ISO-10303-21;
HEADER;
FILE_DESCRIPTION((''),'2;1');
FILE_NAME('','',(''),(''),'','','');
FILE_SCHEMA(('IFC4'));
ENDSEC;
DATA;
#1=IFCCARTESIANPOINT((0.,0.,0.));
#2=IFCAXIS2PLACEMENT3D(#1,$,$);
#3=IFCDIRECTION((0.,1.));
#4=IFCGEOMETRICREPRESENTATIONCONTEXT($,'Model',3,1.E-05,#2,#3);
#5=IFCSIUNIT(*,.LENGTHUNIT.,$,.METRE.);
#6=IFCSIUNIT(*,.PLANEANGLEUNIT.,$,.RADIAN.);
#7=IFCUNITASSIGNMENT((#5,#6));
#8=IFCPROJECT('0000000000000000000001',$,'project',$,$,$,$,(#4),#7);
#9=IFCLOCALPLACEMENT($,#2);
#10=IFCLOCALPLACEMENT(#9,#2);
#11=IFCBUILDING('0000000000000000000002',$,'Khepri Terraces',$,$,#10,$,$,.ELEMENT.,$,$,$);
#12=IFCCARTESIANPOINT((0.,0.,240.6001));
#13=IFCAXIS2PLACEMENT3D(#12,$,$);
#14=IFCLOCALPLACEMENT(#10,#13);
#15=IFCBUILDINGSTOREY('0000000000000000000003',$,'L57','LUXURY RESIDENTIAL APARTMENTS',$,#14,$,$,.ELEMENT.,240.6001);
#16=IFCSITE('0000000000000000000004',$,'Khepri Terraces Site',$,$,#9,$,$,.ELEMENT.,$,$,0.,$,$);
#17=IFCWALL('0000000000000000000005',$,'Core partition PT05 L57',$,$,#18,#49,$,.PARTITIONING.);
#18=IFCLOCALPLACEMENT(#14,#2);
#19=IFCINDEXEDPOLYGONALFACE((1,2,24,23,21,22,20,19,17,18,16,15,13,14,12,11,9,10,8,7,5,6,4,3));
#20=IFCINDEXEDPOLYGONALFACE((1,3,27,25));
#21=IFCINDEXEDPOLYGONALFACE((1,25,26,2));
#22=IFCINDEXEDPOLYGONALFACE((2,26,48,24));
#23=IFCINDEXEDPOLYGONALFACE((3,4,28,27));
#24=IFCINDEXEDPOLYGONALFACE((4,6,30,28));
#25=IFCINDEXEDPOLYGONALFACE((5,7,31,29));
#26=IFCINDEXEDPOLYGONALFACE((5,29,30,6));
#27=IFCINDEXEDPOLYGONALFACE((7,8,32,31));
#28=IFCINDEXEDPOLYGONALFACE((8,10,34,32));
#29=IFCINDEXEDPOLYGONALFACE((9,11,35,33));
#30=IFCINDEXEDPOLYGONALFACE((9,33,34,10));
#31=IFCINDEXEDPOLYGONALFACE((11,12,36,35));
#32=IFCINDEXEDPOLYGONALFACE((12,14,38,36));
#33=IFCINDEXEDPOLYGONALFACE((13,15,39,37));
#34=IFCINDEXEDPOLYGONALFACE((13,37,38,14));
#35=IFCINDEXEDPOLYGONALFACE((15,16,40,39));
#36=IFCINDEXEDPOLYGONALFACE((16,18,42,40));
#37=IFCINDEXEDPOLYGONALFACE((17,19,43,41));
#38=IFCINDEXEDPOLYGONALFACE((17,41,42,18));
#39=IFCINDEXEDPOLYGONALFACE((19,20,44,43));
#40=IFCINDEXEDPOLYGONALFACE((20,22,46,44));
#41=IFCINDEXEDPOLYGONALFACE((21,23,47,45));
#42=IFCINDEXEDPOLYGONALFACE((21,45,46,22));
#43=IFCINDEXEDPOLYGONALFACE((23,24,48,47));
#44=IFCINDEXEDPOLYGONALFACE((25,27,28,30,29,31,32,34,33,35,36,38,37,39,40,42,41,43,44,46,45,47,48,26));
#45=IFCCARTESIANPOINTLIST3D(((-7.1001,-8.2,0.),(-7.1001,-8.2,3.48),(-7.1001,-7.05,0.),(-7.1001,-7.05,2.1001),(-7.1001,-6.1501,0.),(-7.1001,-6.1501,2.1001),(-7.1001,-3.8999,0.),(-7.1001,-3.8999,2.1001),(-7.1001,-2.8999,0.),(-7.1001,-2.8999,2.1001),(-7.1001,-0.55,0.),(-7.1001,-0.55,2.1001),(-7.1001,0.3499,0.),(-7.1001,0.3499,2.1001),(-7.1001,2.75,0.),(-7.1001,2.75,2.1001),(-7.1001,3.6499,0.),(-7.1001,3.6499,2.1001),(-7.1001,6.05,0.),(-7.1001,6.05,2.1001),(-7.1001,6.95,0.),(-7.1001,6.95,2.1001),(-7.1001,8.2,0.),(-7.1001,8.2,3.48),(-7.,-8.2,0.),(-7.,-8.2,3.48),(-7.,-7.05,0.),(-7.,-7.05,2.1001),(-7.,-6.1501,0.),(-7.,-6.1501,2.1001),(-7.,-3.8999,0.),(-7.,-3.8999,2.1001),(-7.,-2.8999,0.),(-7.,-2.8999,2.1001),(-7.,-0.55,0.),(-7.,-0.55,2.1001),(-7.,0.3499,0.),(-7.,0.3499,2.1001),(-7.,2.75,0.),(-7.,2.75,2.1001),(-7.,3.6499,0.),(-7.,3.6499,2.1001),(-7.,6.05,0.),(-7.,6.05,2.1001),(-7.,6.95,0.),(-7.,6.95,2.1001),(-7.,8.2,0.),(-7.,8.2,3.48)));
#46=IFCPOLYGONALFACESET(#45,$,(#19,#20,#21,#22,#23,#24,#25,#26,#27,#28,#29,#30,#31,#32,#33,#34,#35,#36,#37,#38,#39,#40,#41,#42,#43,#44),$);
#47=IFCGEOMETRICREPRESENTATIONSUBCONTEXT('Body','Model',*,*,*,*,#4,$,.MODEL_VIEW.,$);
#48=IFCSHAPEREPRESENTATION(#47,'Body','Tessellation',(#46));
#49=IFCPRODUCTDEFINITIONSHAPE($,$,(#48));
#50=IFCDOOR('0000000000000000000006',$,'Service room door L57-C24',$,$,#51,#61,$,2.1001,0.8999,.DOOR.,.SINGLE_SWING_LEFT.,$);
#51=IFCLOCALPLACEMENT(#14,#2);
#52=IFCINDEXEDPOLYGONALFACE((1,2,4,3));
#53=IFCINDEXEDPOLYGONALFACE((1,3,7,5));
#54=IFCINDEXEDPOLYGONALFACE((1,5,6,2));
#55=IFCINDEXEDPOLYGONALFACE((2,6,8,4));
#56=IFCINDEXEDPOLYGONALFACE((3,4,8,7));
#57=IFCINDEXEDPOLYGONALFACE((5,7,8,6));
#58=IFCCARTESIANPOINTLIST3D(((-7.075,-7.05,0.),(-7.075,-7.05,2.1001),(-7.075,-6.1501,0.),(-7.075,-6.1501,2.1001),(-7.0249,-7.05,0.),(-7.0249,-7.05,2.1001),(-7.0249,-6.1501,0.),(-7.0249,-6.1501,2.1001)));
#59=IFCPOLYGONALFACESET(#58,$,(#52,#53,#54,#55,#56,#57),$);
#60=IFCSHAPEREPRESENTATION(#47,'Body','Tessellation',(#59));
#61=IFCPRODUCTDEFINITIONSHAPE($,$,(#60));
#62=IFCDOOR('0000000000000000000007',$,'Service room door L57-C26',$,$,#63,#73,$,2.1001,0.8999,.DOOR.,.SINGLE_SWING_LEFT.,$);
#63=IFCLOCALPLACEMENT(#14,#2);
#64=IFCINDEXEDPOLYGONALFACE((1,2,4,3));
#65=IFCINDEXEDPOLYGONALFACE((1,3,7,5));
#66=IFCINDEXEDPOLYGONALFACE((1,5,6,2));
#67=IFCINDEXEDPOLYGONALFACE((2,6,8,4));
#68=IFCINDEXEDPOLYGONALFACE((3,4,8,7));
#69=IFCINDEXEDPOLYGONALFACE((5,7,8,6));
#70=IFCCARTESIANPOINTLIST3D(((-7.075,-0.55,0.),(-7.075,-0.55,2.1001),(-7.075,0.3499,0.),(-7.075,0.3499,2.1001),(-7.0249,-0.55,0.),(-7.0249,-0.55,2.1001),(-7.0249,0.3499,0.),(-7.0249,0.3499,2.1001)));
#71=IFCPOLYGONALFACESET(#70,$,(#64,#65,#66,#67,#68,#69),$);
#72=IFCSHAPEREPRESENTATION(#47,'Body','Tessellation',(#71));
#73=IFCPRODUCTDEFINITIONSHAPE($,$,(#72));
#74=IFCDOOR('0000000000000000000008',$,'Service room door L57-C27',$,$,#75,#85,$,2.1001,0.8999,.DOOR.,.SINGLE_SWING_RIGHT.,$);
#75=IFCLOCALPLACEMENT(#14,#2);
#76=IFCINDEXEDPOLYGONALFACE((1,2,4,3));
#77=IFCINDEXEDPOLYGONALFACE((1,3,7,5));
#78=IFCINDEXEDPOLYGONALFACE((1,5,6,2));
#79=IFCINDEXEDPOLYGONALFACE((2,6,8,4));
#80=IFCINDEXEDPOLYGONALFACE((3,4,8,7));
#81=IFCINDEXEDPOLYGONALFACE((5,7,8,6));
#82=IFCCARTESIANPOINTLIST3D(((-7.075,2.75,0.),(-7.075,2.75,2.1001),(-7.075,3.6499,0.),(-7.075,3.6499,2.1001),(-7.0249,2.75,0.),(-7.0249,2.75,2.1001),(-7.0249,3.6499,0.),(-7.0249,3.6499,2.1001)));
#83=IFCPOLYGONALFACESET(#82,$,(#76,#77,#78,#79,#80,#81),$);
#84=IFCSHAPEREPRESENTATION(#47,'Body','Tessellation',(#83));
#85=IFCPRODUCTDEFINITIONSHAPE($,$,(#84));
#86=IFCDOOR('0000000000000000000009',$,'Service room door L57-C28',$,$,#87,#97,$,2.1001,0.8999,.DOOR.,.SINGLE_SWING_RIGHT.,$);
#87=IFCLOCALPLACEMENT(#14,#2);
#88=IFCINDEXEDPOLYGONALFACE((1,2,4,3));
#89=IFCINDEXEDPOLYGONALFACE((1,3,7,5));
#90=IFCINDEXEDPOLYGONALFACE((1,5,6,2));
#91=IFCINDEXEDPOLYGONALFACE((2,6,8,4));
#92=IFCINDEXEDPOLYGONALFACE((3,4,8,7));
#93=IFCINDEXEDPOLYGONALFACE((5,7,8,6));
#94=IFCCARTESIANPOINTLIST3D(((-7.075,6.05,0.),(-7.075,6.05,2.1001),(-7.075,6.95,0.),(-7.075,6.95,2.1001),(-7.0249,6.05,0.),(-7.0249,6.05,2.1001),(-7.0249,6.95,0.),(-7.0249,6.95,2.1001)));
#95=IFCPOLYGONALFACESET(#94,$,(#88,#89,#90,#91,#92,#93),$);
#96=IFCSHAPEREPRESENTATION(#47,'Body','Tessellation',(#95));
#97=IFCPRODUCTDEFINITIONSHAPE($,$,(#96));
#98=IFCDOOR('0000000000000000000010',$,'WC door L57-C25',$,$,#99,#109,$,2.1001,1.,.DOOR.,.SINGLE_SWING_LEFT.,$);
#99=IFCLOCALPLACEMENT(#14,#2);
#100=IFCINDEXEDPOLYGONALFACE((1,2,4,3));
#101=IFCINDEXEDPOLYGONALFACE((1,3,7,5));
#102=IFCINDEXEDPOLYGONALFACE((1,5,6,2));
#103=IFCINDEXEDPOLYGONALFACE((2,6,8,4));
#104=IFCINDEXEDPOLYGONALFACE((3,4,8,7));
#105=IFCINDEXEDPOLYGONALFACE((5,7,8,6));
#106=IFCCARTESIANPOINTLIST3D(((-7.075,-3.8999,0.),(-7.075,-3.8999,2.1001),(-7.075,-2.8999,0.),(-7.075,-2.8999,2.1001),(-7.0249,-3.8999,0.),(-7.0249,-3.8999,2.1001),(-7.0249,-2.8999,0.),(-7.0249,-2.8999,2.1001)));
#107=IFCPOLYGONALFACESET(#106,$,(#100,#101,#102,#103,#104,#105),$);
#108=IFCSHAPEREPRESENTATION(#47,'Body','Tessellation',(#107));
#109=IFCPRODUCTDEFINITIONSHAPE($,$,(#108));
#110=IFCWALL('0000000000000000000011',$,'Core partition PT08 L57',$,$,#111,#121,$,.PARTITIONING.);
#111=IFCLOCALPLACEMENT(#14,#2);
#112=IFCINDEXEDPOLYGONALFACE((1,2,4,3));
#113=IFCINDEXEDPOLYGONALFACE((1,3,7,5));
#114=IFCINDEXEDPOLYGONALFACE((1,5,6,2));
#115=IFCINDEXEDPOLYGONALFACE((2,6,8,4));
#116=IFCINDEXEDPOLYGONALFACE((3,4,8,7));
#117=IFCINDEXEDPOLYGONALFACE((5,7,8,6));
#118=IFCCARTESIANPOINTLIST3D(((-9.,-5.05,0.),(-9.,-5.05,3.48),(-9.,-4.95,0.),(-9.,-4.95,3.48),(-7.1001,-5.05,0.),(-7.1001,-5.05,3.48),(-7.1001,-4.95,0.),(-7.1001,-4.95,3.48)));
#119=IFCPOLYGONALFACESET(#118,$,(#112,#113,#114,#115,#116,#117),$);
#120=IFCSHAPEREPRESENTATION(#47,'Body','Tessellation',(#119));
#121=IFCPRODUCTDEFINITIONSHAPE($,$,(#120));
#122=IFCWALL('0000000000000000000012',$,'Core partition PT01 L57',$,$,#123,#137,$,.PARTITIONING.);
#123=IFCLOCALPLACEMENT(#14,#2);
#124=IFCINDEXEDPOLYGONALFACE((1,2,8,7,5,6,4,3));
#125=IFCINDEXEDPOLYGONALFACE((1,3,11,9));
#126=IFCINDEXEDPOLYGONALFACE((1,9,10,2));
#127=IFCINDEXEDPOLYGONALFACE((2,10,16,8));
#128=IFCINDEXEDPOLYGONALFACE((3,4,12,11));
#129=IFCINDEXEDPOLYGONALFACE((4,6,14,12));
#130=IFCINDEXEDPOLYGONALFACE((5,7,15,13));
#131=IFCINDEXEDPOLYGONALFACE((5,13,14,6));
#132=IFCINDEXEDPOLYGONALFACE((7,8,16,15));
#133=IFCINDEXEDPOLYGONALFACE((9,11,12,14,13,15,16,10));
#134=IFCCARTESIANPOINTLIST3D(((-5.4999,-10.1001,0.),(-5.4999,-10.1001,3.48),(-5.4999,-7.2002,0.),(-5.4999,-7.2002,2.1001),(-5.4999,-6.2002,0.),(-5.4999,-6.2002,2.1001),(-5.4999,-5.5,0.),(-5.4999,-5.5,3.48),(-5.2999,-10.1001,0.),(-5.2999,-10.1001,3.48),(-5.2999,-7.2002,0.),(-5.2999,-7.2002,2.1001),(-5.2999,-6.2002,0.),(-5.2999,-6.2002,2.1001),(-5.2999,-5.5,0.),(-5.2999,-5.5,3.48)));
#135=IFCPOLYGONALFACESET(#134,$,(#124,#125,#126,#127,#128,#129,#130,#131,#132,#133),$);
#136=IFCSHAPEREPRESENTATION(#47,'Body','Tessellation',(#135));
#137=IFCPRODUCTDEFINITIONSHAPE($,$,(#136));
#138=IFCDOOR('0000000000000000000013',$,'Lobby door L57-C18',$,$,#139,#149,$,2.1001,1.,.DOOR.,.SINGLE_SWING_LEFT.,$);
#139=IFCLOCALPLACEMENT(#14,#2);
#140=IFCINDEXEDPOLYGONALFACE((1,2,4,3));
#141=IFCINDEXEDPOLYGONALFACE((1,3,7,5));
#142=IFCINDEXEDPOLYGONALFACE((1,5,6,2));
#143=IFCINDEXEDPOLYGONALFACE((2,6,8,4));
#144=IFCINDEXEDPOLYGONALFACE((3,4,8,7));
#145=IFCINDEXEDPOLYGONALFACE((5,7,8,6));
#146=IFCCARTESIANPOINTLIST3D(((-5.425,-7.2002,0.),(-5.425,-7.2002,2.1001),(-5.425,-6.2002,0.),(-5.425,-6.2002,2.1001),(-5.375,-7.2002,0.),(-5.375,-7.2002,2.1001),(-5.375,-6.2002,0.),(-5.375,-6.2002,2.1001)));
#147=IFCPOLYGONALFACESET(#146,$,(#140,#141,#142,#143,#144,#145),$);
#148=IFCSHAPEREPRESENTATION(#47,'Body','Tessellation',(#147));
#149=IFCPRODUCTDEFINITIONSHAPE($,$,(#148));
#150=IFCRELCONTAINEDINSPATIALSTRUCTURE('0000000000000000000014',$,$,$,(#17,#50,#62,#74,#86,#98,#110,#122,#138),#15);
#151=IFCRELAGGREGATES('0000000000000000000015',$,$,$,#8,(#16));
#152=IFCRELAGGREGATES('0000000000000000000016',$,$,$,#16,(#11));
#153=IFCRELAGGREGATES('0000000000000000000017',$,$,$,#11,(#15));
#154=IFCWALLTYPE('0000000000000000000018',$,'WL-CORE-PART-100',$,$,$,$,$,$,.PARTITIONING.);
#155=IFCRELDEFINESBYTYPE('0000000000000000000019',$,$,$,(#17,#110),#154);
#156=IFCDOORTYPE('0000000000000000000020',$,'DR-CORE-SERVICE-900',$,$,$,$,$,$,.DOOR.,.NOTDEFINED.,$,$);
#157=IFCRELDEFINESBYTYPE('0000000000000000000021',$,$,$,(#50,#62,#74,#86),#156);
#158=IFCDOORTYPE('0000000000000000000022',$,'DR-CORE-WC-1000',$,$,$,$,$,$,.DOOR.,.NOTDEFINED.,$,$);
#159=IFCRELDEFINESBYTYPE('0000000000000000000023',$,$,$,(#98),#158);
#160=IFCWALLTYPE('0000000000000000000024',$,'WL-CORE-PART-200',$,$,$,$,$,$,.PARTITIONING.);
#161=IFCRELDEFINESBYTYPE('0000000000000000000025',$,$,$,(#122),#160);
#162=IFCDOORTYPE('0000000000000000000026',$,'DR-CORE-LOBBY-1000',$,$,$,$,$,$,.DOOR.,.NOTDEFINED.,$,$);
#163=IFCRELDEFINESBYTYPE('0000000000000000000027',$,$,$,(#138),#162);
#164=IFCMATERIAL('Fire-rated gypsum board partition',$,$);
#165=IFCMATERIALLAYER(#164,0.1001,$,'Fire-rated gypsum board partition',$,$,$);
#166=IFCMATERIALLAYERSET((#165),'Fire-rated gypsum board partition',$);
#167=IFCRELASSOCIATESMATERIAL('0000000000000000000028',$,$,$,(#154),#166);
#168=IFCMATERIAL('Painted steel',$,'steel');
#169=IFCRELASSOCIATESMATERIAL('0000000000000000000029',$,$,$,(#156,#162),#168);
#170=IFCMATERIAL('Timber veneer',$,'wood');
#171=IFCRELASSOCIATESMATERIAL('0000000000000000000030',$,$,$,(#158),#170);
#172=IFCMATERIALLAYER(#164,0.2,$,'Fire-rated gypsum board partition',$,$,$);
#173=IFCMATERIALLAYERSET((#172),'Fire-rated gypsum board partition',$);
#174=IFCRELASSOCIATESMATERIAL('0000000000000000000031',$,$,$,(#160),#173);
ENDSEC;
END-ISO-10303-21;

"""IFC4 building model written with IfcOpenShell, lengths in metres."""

from ifc_helpers import new_model, si_unit, direction, frame, frame_2d, origin, place, context, subcontext, project, spatial, rectangle, extrude, material, layer, layer_set, type_object, element, fill, save


model = new_model("IFC4")

# Units and contexts
model_context = context("Model", 3, precision=1e-05, world=origin(), true_north=direction((0.0, 1.0)))
body_context = subcontext(model_context, "Body", "Model", "MODEL_VIEW")
ifc_project = project(units=[si_unit("LENGTHUNIT", "METRE"), si_unit("PLANEANGLEUNIT", "RADIAN")], contexts=[model_context])

# Site, building, storey
site_placement = place(None, origin())
site = spatial("IfcSite", under=ifc_project, at=site_placement, Name="Khepri Terraces Site", CompositionType="ELEMENT", RefElevation=0.0)
building_placement = place(site_placement, origin())
building = spatial("IfcBuilding", under=site, at=building_placement, Name="Khepri Terraces", CompositionType="ELEMENT")
storey_placement = place(building_placement, frame((0.0, 0.0, 240.6001)))
storey = spatial("IfcBuildingStorey", under=building, at=storey_placement, Name="L57", Description="LUXURY RESIDENTIAL APARTMENTS", CompositionType="ELEMENT", Elevation=240.6001)

# Shared definitions
ifc_material_1 = material(Name="Painted steel", Category="steel")

# Wall, openings, doors
ifc_material_2 = material(Name="Fire-rated gypsum board partition")
ifc_layer_1 = layer(ifc_material_2, 0.1001, Name="Fire-rated gypsum board partition")
ifc_layer_set_1 = layer_set([ifc_layer_1], Name="Fire-rated gypsum board partition")
wall_type_1 = type_object("IfcWallType", Name="WL-CORE-PART-100", PredefinedType="PARTITIONING", material=ifc_layer_set_1)
wall_1_placement = place(storey_placement, frame((-7.05, -8.2, 0.0), z_axis=(0.0, 0.0, 1.0), x_axis=(0.0, 1.0, 0.0)))
wall_1 = element("IfcWall", 1, at=wall_1_placement, inside=storey, type_object=wall_type_1, Name="Core partition PT05 L57", PredefinedType="PARTITIONING", context=body_context, shape_type="SweptSolid", body=[
    extrude(rectangle(XDim=16.3999, YDim=0.1001, at=frame_2d((8.2, 0.0))), origin(), (0.0, 0.0, 1.0), 3.48),
])
opening_1_placement = place(wall_1_placement, frame((1.1499, 0.0, 0.0)))
opening_1 = element("IfcOpeningElement", 2, at=opening_1_placement, cuts=wall_1, PredefinedType="OPENING", context=body_context, shape_type="SweptSolid", body=[
    extrude(rectangle(XDim=0.8999, YDim=2.1001, at=frame_2d((0.45, 1.05))), frame((0.0, 0.0601, 0.0), z_axis=(0.0, -1.0, 0.0), x_axis=(1.0, 0.0, 0.0)), (0.0, 0.0, 1.0), 0.1201),
])
opening_2_placement = place(wall_1_placement, frame((4.3, 0.0, 0.0)))
opening_2 = element("IfcOpeningElement", 3, at=opening_2_placement, cuts=wall_1, PredefinedType="OPENING", context=body_context, shape_type="SweptSolid", body=[
    extrude(rectangle(XDim=1.0, YDim=2.1001, at=frame_2d((0.5, 1.05))), frame((0.0, 0.0601, 0.0), z_axis=(0.0, -1.0, 0.0), x_axis=(1.0, 0.0, 0.0)), (0.0, 0.0, 1.0), 0.1201),
])
opening_3_placement = place(wall_1_placement, frame((7.6499, 0.0, 0.0)))
opening_3 = element("IfcOpeningElement", 4, at=opening_3_placement, cuts=wall_1, PredefinedType="OPENING", context=body_context, shape_type="SweptSolid", body=[
    extrude(rectangle(XDim=0.8999, YDim=2.1001, at=frame_2d((0.45, 1.05))), frame((0.0, 0.0601, 0.0), z_axis=(0.0, -1.0, 0.0), x_axis=(1.0, 0.0, 0.0)), (0.0, 0.0, 1.0), 0.1201),
])
opening_4_placement = place(wall_1_placement, frame((10.95, 0.0, 0.0)))
opening_4 = element("IfcOpeningElement", 5, at=opening_4_placement, cuts=wall_1, PredefinedType="OPENING", context=body_context, shape_type="SweptSolid", body=[
    extrude(rectangle(XDim=0.8999, YDim=2.1001, at=frame_2d((0.45, 1.05))), frame((0.0, 0.0601, 0.0), z_axis=(0.0, -1.0, 0.0), x_axis=(1.0, 0.0, 0.0)), (0.0, 0.0, 1.0), 0.1201),
])
opening_5_placement = place(wall_1_placement, frame((14.25, 0.0, 0.0)))
opening_5 = element("IfcOpeningElement", 6, at=opening_5_placement, cuts=wall_1, PredefinedType="OPENING", context=body_context, shape_type="SweptSolid", body=[
    extrude(rectangle(XDim=0.8999, YDim=2.1001, at=frame_2d((0.45, 1.05))), frame((0.0, 0.0601, 0.0), z_axis=(0.0, -1.0, 0.0), x_axis=(1.0, 0.0, 0.0)), (0.0, 0.0, 1.0), 0.1201),
])
door_type_1 = type_object("IfcDoorType", Name="DR-CORE-SERVICE-900", OperationType="NOTDEFINED", PredefinedType="DOOR", material=ifc_material_1)
door_1_placement = place(opening_1_placement, origin())
door_1 = element("IfcDoor", 7, at=door_1_placement, inside=storey, type_object=door_type_1, Name="Service room door L57-C24", OperationType="SINGLE_SWING_LEFT", OverallHeight=2.1001, OverallWidth=0.8999, PredefinedType="DOOR", context=body_context, shape_type="SweptSolid", body=[
    extrude(rectangle(XDim=0.8999, YDim=2.1001, at=frame_2d((0.45, 1.05))), frame((0.0, 0.0249, 0.0), z_axis=(0.0, -1.0, 0.0), x_axis=(1.0, 0.0, 0.0)), (0.0, 0.0, 1.0), 0.05),
])
fill(opening_1, door_1)
door_2_placement = place(opening_3_placement, origin())
door_2 = element("IfcDoor", 8, at=door_2_placement, inside=storey, type_object=door_type_1, Name="Service room door L57-C26", OperationType="SINGLE_SWING_LEFT", OverallHeight=2.1001, OverallWidth=0.8999, PredefinedType="DOOR", context=body_context, shape_type="SweptSolid", body=[
    extrude(rectangle(XDim=0.8999, YDim=2.1001, at=frame_2d((0.45, 1.05))), frame((0.0, 0.0249, 0.0), z_axis=(0.0, -1.0, 0.0), x_axis=(1.0, 0.0, 0.0)), (0.0, 0.0, 1.0), 0.05),
])
fill(opening_3, door_2)
door_3_placement = place(opening_4_placement, origin())
door_3 = element("IfcDoor", 9, at=door_3_placement, inside=storey, type_object=door_type_1, Name="Service room door L57-C27", OperationType="SINGLE_SWING_RIGHT", OverallHeight=2.1001, OverallWidth=0.8999, PredefinedType="DOOR", context=body_context, shape_type="SweptSolid", body=[
    extrude(rectangle(XDim=0.8999, YDim=2.1001, at=frame_2d((0.45, 1.05))), frame((0.0, 0.0249, 0.0), z_axis=(0.0, -1.0, 0.0), x_axis=(1.0, 0.0, 0.0)), (0.0, 0.0, 1.0), 0.05),
])
fill(opening_4, door_3)
door_4_placement = place(opening_5_placement, origin())
door_4 = element("IfcDoor", 10, at=door_4_placement, inside=storey, type_object=door_type_1, Name="Service room door L57-C28", OperationType="SINGLE_SWING_RIGHT", OverallHeight=2.1001, OverallWidth=0.8999, PredefinedType="DOOR", context=body_context, shape_type="SweptSolid", body=[
    extrude(rectangle(XDim=0.8999, YDim=2.1001, at=frame_2d((0.45, 1.05))), frame((0.0, 0.0249, 0.0), z_axis=(0.0, -1.0, 0.0), x_axis=(1.0, 0.0, 0.0)), (0.0, 0.0, 1.0), 0.05),
])
fill(opening_5, door_4)
ifc_material_3 = material(Name="Timber veneer", Category="wood")
door_type_2 = type_object("IfcDoorType", Name="DR-CORE-WC-1000", OperationType="NOTDEFINED", PredefinedType="DOOR", material=ifc_material_3)
door_5_placement = place(opening_2_placement, origin())
door_5 = element("IfcDoor", 11, at=door_5_placement, inside=storey, type_object=door_type_2, Name="WC door L57-C25", OperationType="SINGLE_SWING_LEFT", OverallHeight=2.1001, OverallWidth=1.0, PredefinedType="DOOR", context=body_context, shape_type="SweptSolid", body=[
    extrude(rectangle(XDim=1.0, YDim=2.1001, at=frame_2d((0.5, 1.05))), frame((0.0, 0.0249, 0.0), z_axis=(0.0, -1.0, 0.0), x_axis=(1.0, 0.0, 0.0)), (0.0, 0.0, 1.0), 0.05),
])
fill(opening_2, door_5)

# Wall
wall_2_placement = place(storey_placement, frame((-9.0, -5.0, 0.0), z_axis=(0.0, 0.0, 1.0), x_axis=(1.0, 0.0, 0.0)))
element("IfcWall", 12, at=wall_2_placement, inside=storey, type_object=wall_type_1, Name="Core partition PT08 L57", PredefinedType="PARTITIONING", context=body_context, shape_type="SweptSolid", body=[
    extrude(rectangle(XDim=1.8999, YDim=0.1001, at=frame_2d((0.95, 0.0))), origin(), (0.0, 0.0, 1.0), 3.48),
])

# Wall, opening, door
ifc_layer_2 = layer(ifc_material_2, 0.2, Name="Fire-rated gypsum board partition")
ifc_layer_set_2 = layer_set([ifc_layer_2], Name="Fire-rated gypsum board partition")
wall_type_2 = type_object("IfcWallType", Name="WL-CORE-PART-200", PredefinedType="PARTITIONING", material=ifc_layer_set_2)
wall_3_placement = place(storey_placement, frame((-5.3999, -10.1001, 0.0), z_axis=(0.0, 0.0, 1.0), x_axis=(0.0, 1.0, 0.0)))
wall_3 = element("IfcWall", 13, at=wall_3_placement, inside=storey, type_object=wall_type_2, Name="Core partition PT01 L57", PredefinedType="PARTITIONING", context=body_context, shape_type="SweptSolid", body=[
    extrude(rectangle(XDim=4.6001, YDim=0.2, at=frame_2d((2.3, 0.0))), origin(), (0.0, 0.0, 1.0), 3.48),
])
opening_6_placement = place(wall_3_placement, frame((2.8999, 0.0, 0.0)))
opening_6 = element("IfcOpeningElement", 14, at=opening_6_placement, cuts=wall_3, PredefinedType="OPENING", context=body_context, shape_type="SweptSolid", body=[
    extrude(rectangle(XDim=1.0, YDim=2.1001, at=frame_2d((0.5, 1.05))), frame((0.0, 0.1099, 0.0), z_axis=(0.0, -1.0, 0.0), x_axis=(1.0, 0.0, 0.0)), (0.0, 0.0, 1.0), 0.22),
])
door_type_3 = type_object("IfcDoorType", Name="DR-CORE-LOBBY-1000", OperationType="NOTDEFINED", PredefinedType="DOOR", material=ifc_material_1)
door_6_placement = place(opening_6_placement, frame((1.0, 0.0, 0.0), z_axis=(0.0, 0.0, 1.0), x_axis=(-1.0, 0.0, 0.0)))
door_6 = element("IfcDoor", 15, at=door_6_placement, inside=storey, type_object=door_type_3, Name="Lobby door L57-C18", OperationType="SINGLE_SWING_LEFT", OverallHeight=2.1001, OverallWidth=1.0, PredefinedType="DOOR", context=body_context, shape_type="SweptSolid", body=[
    extrude(rectangle(XDim=1.0, YDim=2.1001, at=frame_2d((0.5, 1.05))), frame((0.0, 0.0249, 0.0), z_axis=(0.0, -1.0, 0.0), x_axis=(1.0, 0.0, 0.0)), (0.0, 0.0, 1.0), 0.05),
])
fill(opening_6, door_6)

save(model, "model.ifc")
